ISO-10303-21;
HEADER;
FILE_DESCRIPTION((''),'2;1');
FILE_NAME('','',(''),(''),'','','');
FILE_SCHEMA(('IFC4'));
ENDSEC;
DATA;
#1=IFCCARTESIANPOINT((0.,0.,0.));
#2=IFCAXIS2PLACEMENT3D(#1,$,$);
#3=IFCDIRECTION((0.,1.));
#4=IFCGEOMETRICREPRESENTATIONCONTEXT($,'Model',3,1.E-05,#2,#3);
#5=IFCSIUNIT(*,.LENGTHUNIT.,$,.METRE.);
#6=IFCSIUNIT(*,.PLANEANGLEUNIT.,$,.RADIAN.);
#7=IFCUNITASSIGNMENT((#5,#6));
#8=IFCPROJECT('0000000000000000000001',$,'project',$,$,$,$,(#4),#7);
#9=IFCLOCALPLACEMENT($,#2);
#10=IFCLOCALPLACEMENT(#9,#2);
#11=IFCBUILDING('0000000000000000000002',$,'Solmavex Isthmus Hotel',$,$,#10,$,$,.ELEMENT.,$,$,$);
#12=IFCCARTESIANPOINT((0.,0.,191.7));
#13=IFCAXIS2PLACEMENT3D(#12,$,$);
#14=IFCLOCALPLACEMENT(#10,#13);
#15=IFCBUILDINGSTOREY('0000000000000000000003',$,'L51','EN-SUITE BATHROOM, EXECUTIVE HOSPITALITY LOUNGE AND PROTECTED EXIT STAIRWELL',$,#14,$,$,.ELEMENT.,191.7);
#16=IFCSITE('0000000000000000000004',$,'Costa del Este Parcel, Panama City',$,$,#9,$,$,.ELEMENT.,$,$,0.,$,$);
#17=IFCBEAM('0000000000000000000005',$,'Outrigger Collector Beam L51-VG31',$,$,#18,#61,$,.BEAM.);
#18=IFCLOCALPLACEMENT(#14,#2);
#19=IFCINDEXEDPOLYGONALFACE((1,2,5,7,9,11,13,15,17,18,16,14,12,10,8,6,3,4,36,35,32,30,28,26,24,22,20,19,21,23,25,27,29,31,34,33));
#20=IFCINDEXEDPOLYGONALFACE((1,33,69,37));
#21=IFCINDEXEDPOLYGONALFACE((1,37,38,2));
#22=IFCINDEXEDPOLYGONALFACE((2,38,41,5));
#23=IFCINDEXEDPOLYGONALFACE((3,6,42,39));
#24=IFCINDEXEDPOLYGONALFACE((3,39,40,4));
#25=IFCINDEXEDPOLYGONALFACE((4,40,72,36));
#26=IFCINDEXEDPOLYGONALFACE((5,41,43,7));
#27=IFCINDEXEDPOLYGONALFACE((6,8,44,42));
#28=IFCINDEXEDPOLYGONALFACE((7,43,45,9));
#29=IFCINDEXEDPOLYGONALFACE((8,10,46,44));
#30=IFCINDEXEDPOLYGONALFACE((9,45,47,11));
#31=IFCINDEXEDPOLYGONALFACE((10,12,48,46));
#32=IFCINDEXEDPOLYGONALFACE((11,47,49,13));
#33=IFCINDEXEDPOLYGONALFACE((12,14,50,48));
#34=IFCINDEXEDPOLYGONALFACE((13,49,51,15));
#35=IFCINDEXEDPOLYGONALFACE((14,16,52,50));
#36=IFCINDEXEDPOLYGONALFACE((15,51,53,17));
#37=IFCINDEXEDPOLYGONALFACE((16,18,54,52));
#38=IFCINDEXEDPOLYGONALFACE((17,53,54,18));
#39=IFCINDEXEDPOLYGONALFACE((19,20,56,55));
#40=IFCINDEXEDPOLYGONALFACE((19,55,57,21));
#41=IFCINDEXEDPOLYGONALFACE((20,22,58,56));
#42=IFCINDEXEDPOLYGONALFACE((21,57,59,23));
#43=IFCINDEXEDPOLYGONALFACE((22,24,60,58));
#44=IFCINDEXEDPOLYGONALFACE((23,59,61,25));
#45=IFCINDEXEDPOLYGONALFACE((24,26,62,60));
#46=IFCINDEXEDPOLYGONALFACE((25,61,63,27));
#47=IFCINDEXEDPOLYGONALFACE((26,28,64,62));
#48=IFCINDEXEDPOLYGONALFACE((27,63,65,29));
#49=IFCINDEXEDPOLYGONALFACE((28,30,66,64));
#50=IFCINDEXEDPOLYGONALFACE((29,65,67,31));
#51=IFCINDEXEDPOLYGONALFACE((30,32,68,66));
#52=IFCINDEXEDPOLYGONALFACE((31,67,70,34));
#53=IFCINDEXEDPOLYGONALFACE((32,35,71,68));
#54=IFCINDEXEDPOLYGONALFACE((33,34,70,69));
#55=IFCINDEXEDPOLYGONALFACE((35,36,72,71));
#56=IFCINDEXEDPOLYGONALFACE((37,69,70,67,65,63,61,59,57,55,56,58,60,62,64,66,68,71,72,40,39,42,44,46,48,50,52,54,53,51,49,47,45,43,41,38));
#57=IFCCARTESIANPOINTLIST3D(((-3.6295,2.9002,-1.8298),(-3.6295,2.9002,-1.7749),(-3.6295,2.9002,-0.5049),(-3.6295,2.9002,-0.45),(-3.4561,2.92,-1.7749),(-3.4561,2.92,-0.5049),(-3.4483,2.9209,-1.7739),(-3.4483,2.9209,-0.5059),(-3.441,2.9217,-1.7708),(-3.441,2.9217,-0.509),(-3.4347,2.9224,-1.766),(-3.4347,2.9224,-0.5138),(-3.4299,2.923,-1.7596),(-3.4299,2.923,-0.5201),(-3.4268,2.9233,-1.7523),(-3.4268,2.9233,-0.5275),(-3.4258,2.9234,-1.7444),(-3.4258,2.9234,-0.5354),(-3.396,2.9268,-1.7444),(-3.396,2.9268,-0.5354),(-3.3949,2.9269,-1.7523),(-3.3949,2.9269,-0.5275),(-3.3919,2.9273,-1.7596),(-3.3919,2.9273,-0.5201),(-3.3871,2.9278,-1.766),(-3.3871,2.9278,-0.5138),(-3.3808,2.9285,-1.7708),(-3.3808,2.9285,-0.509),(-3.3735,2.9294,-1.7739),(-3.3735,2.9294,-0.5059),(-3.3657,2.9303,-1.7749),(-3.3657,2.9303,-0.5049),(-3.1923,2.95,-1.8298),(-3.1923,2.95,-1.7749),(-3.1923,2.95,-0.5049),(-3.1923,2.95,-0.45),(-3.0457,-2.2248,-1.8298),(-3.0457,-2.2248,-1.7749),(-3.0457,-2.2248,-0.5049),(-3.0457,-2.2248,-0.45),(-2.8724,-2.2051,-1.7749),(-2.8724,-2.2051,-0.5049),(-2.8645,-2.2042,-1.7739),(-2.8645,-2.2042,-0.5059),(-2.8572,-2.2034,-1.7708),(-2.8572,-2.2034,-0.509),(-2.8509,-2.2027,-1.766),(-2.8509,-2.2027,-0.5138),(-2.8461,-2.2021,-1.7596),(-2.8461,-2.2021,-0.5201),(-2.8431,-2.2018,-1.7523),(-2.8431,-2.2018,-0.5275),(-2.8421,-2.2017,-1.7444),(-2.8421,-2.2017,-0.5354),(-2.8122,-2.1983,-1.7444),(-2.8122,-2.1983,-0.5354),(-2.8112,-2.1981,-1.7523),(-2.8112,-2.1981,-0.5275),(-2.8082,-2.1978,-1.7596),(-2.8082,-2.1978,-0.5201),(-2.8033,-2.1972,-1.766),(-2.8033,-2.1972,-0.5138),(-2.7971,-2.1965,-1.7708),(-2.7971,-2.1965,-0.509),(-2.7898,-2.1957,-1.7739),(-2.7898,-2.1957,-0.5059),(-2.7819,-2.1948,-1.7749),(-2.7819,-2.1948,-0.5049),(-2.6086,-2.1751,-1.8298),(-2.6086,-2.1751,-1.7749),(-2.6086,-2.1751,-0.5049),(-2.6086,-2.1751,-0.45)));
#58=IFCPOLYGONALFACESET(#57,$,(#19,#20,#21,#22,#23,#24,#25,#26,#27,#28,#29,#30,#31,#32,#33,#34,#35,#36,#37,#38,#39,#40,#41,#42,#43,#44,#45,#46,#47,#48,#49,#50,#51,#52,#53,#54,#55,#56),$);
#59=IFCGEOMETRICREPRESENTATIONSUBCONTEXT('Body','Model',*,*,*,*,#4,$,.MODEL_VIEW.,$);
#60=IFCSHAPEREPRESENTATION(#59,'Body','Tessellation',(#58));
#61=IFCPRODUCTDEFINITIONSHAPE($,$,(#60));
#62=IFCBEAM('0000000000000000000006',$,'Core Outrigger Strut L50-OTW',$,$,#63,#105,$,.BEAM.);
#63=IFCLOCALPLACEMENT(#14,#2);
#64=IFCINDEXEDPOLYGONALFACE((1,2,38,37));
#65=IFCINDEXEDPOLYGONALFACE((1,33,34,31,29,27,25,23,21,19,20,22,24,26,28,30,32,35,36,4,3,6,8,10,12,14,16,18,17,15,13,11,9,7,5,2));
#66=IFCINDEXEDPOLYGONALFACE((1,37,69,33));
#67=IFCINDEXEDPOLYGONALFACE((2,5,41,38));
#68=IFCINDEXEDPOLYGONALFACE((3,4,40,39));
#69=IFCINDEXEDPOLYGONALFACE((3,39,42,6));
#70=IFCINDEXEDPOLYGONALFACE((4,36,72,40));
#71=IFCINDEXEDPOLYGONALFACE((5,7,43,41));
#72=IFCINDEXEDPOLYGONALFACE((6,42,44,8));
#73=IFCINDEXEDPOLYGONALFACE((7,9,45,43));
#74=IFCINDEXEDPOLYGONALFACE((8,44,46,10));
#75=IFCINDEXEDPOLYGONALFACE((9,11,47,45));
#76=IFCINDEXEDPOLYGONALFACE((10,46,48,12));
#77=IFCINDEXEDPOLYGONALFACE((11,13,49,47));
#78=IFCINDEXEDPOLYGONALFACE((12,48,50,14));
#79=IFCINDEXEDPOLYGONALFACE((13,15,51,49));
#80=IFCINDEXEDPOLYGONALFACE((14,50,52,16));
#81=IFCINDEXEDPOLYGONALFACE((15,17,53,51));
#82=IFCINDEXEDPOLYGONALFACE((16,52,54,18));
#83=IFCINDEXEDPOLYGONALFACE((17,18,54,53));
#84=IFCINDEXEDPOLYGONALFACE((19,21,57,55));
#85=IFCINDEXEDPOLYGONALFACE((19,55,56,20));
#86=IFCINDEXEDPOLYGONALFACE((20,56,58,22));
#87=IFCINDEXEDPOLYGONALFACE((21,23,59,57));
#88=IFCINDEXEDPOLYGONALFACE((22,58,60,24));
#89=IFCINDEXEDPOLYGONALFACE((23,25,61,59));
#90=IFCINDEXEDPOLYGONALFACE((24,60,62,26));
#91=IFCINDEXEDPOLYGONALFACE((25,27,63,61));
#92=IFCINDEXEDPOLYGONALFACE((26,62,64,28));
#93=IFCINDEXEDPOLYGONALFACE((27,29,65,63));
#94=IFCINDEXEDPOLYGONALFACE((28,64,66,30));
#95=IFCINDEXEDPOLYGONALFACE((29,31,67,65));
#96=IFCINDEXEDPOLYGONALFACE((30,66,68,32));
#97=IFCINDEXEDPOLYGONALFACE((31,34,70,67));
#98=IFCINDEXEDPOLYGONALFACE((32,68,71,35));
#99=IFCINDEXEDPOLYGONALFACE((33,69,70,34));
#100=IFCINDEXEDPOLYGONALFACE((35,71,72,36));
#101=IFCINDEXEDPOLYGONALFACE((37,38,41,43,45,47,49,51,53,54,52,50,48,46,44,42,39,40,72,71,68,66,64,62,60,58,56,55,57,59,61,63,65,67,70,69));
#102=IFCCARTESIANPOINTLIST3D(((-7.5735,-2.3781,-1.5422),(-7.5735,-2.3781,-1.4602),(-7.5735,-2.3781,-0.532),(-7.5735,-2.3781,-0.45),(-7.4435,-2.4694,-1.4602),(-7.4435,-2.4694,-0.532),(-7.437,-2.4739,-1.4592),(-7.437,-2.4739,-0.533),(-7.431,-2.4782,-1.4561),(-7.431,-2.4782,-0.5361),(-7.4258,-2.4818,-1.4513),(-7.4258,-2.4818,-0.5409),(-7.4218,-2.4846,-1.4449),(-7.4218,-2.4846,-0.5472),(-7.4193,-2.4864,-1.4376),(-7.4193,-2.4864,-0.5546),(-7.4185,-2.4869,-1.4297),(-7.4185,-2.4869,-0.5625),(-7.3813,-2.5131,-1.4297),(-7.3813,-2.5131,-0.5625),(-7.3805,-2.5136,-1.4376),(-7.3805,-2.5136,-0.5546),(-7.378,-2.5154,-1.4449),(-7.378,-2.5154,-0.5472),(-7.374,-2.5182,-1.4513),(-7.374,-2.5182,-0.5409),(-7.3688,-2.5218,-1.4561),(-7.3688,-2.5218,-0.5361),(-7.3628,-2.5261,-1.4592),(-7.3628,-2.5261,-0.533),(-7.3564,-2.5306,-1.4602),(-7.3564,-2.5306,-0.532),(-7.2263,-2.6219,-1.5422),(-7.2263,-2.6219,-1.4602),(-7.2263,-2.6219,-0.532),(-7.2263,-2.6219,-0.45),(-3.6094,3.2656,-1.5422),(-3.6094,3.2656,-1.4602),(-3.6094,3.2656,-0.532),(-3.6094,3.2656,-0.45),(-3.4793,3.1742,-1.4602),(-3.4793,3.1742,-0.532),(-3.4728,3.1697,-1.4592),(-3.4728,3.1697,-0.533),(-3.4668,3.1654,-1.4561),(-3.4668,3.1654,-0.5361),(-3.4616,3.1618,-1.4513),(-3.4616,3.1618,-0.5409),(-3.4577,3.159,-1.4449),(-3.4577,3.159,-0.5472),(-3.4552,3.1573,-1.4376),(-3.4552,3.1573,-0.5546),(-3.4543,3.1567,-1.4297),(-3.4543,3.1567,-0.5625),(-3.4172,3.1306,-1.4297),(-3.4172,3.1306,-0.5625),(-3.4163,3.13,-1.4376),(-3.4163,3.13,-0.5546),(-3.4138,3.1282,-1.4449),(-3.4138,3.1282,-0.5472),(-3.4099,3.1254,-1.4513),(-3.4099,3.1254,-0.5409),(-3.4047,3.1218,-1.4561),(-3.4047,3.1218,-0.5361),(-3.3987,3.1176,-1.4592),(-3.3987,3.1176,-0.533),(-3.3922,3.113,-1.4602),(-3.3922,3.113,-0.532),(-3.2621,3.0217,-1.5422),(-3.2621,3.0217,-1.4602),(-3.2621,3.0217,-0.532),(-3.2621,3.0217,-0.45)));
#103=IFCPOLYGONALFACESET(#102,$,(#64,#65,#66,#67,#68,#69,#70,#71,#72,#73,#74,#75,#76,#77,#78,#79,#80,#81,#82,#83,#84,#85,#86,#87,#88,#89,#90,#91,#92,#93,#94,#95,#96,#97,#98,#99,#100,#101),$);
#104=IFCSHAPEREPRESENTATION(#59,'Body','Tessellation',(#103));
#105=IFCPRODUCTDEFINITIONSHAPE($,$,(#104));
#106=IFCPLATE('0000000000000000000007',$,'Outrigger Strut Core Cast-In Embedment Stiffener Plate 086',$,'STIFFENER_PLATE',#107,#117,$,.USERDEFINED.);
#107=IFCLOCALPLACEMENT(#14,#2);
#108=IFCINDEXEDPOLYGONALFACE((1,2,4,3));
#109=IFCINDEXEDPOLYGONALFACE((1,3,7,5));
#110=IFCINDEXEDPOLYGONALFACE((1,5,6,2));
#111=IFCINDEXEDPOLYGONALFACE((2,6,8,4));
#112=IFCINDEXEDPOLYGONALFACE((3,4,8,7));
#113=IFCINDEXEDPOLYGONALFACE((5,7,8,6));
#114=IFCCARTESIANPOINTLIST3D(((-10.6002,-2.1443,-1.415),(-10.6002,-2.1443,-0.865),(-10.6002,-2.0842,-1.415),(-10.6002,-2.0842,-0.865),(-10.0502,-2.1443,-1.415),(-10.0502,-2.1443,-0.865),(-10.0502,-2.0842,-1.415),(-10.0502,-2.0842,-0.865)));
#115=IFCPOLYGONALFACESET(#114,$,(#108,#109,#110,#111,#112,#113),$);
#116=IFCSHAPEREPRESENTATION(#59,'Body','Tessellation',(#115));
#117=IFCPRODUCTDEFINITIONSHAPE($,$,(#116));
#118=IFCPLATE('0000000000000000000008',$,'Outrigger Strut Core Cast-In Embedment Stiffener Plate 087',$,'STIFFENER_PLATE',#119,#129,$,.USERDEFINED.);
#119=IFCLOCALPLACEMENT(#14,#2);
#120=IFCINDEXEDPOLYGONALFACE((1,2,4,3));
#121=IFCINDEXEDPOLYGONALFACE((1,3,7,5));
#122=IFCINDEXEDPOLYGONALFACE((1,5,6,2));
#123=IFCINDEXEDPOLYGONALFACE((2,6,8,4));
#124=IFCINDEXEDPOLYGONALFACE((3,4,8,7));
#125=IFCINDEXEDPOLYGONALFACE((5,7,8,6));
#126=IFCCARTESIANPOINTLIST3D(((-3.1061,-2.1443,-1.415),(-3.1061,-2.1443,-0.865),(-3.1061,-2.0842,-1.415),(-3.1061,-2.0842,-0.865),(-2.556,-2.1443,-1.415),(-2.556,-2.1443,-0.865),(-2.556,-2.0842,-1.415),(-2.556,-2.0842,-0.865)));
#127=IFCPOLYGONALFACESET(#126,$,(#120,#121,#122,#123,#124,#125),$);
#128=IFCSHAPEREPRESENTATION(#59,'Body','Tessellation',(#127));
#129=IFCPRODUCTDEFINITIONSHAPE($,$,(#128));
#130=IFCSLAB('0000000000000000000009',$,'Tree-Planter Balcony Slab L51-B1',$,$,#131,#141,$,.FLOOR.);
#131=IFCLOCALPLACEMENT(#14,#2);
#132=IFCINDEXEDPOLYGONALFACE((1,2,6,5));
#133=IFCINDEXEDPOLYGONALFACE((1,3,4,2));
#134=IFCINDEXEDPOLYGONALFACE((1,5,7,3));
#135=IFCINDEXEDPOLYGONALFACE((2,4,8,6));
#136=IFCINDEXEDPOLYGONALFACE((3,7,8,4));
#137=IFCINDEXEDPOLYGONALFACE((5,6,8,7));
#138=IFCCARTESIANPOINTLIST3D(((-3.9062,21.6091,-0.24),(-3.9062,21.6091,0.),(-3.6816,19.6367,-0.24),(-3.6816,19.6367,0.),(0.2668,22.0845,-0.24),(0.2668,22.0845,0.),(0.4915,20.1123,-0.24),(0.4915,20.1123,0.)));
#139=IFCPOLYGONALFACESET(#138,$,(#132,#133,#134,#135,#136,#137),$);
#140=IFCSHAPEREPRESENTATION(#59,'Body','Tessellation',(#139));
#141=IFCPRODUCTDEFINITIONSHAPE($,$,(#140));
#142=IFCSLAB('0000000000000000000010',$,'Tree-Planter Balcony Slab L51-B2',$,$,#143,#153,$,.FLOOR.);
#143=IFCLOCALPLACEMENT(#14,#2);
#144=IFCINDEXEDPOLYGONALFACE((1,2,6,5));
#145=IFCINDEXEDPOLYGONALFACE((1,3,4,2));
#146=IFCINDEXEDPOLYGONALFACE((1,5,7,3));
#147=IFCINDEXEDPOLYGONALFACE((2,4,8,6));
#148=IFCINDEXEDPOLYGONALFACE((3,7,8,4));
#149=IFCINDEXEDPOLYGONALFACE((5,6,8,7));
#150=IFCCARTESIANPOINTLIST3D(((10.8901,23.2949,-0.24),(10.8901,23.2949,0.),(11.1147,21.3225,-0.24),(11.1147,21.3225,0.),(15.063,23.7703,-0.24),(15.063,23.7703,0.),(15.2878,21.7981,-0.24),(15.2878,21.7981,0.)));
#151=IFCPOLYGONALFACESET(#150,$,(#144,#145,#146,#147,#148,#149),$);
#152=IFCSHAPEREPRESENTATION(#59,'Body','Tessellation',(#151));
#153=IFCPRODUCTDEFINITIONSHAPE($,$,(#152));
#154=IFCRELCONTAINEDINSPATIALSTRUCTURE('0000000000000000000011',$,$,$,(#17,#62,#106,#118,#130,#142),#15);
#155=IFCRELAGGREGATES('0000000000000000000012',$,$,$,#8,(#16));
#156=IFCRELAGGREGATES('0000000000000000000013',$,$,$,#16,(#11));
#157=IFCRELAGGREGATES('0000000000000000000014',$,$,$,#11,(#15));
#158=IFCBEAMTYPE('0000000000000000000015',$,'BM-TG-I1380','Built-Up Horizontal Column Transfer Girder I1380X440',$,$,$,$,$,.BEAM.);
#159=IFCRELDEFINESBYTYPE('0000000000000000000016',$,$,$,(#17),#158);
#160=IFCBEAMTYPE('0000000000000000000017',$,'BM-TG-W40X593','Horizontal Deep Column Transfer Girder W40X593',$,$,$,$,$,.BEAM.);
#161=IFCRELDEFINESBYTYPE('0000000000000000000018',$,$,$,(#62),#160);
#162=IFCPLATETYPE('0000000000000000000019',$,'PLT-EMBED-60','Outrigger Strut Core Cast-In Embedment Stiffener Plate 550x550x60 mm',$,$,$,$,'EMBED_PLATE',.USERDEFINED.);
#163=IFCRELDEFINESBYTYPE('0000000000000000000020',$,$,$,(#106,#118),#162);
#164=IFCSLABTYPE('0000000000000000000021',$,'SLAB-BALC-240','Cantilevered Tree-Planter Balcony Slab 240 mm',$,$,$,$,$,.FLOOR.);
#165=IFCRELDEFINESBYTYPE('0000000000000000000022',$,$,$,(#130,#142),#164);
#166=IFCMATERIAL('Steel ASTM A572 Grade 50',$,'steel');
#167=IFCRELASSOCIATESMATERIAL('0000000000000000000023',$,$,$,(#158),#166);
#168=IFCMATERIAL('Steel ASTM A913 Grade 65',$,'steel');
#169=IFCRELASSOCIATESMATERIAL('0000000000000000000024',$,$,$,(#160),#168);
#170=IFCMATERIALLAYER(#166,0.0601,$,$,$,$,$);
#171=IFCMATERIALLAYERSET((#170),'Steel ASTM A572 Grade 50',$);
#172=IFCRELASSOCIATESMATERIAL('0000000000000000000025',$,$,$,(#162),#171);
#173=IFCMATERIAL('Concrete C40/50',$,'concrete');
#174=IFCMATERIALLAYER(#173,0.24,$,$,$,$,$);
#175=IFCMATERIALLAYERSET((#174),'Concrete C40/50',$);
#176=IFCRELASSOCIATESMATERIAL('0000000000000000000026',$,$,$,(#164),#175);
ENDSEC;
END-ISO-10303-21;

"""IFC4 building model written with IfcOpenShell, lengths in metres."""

from ifc_helpers import new_model, si_unit, direction, frame, origin, origin_2d, place, context, subcontext, project, spatial, polyline, rectangle, i_section, outline, extrude, material, layer, layer_set, material_profile, profile_set, type_object, element, save


model = new_model("IFC4")

# Units and contexts
model_context = context("Model", 3, precision=1e-05, world=origin(), true_north=direction((0.0, 1.0)))
body_context = subcontext(model_context, "Body", "Model", "MODEL_VIEW")
ifc_project = project(units=[si_unit("LENGTHUNIT", "METRE"), si_unit("PLANEANGLEUNIT", "RADIAN")], contexts=[model_context])

# Site, building, storey
site_placement = place(None, origin())
site = spatial("IfcSite", under=ifc_project, at=site_placement, Name="Costa del Este Parcel, Panama City", CompositionType="ELEMENT", RefElevation=0.0)
building_placement = place(site_placement, origin())
building = spatial("IfcBuilding", under=site, at=building_placement, Name="Solmavex Isthmus Hotel", CompositionType="ELEMENT")
storey_placement = place(building_placement, frame((0.0, 0.0, 191.7)))
storey = spatial("IfcBuildingStorey", under=building, at=storey_placement, Name="L51", Description="EN-SUITE BATHROOM, EXECUTIVE HOSPITALITY LOUNGE AND PROTECTED EXIT STAIRWELL", CompositionType="ELEMENT", Elevation=191.7)

# Beams
ifc_material_1 = material(Name="Steel ASTM A572 Grade 50", Category="steel")
ifc_material_profile_1 = material_profile(ifc_material_1, i_section(OverallWidth=0.4399, OverallDepth=1.3799, WebThickness=0.03, FlangeThickness=0.0549, FilletRadius=0.0305, at=origin_2d()), Name="I1380X440")
ifc_profile_set_1 = profile_set([ifc_material_profile_1], Name="Steel ASTM A572 Grade 50")
beam_type_1 = type_object("IfcBeamType", Name="BM-TG-I1380", Description="Built-Up Horizontal Column Transfer Girder I1380X440", PredefinedType="BEAM", material=ifc_profile_set_1)
beam_1_placement = place(storey_placement, frame((-2.8271, -2.2, -1.1399), z_axis=(-0.113169, 0.993576, 0.0), x_axis=(-0.993576, -0.113169, 0.0)))
element("IfcBeam", 1, at=beam_1_placement, inside=storey, type_object=beam_type_1, Name="Outrigger Collector Beam L51-VG31", PredefinedType="BEAM", context=body_context, shape_type="SweptSolid", body=[
    extrude(i_section(OverallWidth=0.4399, OverallDepth=1.3799, WebThickness=0.03, FlangeThickness=0.0549, FilletRadius=0.0305, at=origin_2d()), origin(), (0.0, 0.0, 1.0), 5.1582),
])
ifc_material_2 = material(Name="Steel ASTM A913 Grade 65", Category="steel")
ifc_material_profile_2 = material_profile(ifc_material_2, i_section(OverallWidth=0.4243, OverallDepth=1.0923, WebThickness=0.0454, FlangeThickness=0.082, FilletRadius=0.0305, at=origin_2d()), Name="W40X593")
ifc_profile_set_2 = profile_set([ifc_material_profile_2], Name="Steel ASTM A913 Grade 65")
beam_type_2 = type_object("IfcBeamType", Name="BM-TG-W40X593", Description="Horizontal Deep Column Transfer Girder W40X593", PredefinedType="BEAM", material=ifc_profile_set_2)
beam_2_placement = place(storey_placement, frame((-7.3999, -2.5, -0.9961), z_axis=(0.574787, 0.818303, 0.0), x_axis=(-0.818303, 0.574787, 0.0)))
element("IfcBeam", 2, at=beam_2_placement, inside=storey, type_object=beam_type_2, Name="Core Outrigger Strut L50-OTW", PredefinedType="BEAM", context=body_context, shape_type="SweptSolid", body=[
    extrude(i_section(OverallWidth=0.4243, OverallDepth=1.0923, WebThickness=0.0454, FlangeThickness=0.082, FilletRadius=0.0305, at=origin_2d()), origin(), (0.0, 0.0, 1.0), 6.8967),
])

# Plates
ifc_layer_1 = layer(ifc_material_1, 0.0601)
ifc_layer_set_1 = layer_set([ifc_layer_1], Name="Steel ASTM A572 Grade 50")
plate_type = type_object("IfcPlateType", Name="PLT-EMBED-60", Description="Outrigger Strut Core Cast-In Embedment Stiffener Plate 550x550x60 mm", ElementType="EMBED_PLATE", PredefinedType="USERDEFINED", material=ifc_layer_set_1)
for number, where, z_axis, x_axis, name in (
    (3, (-10.3252, -2.1143, -1.415), (0.0, 0.0, 1.0), (1.0, 0.0, 0.0), "Outrigger Strut Core Cast-In Embedment Stiffener Plate 086"),
    (4, (-2.8311, -2.1143, -1.415), (0.0, 0.0, 1.0), (1.0, 0.0, 0.0), "Outrigger Strut Core Cast-In Embedment Stiffener Plate 087"),
):
    element("IfcPlate", number, at=place(storey_placement, frame(where, z_axis=z_axis, x_axis=x_axis)), inside=storey, type_object=plate_type, Name=name, ObjectType="STIFFENER_PLATE", PredefinedType="USERDEFINED", context=body_context, shape_type="SweptSolid", body=[
        extrude(rectangle(XDim=0.55, YDim=0.0601, at=origin_2d()), origin(), (0.0, 0.0, 1.0), 0.55),
    ])

# Slabs
ifc_material_3 = material(Name="Concrete C40/50", Category="concrete")
ifc_layer_2 = layer(ifc_material_3, 0.24)
ifc_layer_set_2 = layer_set([ifc_layer_2], Name="Concrete C40/50")
slab_type_1 = type_object("IfcSlabType", Name="SLAB-BALC-240", Description="Cantilevered Tree-Planter Balcony Slab 240 mm", PredefinedType="FLOOR", material=ifc_layer_set_2)
slab_1_placement = place(storey_placement, frame((0.0, 0.0, -0.24)))
element("IfcSlab", 5, at=slab_1_placement, inside=storey, type_object=slab_type_1, Name="Tree-Planter Balcony Slab L51-B1", PredefinedType="FLOOR", context=body_context, shape_type="SweptSolid", body=[
    extrude(outline(polyline([(-3.6816, 19.6367), (0.4915, 20.1123), (0.2668, 22.0845), (-3.9062, 21.6091), (-3.6816, 19.6367)])), origin(), (0.0, 0.0, 1.0), 0.24),
])
slab_2_placement = place(storey_placement, frame((0.0, 0.0, -0.24)))
element("IfcSlab", 6, at=slab_2_placement, inside=storey, type_object=slab_type_1, Name="Tree-Planter Balcony Slab L51-B2", PredefinedType="FLOOR", context=body_context, shape_type="SweptSolid", body=[
    extrude(outline(polyline([(11.1147, 21.3225), (15.2878, 21.7981), (15.063, 23.7703), (10.8901, 23.2949), (11.1147, 21.3225)])), origin(), (0.0, 0.0, 1.0), 0.24),
])

save(model, "model.ifc")
